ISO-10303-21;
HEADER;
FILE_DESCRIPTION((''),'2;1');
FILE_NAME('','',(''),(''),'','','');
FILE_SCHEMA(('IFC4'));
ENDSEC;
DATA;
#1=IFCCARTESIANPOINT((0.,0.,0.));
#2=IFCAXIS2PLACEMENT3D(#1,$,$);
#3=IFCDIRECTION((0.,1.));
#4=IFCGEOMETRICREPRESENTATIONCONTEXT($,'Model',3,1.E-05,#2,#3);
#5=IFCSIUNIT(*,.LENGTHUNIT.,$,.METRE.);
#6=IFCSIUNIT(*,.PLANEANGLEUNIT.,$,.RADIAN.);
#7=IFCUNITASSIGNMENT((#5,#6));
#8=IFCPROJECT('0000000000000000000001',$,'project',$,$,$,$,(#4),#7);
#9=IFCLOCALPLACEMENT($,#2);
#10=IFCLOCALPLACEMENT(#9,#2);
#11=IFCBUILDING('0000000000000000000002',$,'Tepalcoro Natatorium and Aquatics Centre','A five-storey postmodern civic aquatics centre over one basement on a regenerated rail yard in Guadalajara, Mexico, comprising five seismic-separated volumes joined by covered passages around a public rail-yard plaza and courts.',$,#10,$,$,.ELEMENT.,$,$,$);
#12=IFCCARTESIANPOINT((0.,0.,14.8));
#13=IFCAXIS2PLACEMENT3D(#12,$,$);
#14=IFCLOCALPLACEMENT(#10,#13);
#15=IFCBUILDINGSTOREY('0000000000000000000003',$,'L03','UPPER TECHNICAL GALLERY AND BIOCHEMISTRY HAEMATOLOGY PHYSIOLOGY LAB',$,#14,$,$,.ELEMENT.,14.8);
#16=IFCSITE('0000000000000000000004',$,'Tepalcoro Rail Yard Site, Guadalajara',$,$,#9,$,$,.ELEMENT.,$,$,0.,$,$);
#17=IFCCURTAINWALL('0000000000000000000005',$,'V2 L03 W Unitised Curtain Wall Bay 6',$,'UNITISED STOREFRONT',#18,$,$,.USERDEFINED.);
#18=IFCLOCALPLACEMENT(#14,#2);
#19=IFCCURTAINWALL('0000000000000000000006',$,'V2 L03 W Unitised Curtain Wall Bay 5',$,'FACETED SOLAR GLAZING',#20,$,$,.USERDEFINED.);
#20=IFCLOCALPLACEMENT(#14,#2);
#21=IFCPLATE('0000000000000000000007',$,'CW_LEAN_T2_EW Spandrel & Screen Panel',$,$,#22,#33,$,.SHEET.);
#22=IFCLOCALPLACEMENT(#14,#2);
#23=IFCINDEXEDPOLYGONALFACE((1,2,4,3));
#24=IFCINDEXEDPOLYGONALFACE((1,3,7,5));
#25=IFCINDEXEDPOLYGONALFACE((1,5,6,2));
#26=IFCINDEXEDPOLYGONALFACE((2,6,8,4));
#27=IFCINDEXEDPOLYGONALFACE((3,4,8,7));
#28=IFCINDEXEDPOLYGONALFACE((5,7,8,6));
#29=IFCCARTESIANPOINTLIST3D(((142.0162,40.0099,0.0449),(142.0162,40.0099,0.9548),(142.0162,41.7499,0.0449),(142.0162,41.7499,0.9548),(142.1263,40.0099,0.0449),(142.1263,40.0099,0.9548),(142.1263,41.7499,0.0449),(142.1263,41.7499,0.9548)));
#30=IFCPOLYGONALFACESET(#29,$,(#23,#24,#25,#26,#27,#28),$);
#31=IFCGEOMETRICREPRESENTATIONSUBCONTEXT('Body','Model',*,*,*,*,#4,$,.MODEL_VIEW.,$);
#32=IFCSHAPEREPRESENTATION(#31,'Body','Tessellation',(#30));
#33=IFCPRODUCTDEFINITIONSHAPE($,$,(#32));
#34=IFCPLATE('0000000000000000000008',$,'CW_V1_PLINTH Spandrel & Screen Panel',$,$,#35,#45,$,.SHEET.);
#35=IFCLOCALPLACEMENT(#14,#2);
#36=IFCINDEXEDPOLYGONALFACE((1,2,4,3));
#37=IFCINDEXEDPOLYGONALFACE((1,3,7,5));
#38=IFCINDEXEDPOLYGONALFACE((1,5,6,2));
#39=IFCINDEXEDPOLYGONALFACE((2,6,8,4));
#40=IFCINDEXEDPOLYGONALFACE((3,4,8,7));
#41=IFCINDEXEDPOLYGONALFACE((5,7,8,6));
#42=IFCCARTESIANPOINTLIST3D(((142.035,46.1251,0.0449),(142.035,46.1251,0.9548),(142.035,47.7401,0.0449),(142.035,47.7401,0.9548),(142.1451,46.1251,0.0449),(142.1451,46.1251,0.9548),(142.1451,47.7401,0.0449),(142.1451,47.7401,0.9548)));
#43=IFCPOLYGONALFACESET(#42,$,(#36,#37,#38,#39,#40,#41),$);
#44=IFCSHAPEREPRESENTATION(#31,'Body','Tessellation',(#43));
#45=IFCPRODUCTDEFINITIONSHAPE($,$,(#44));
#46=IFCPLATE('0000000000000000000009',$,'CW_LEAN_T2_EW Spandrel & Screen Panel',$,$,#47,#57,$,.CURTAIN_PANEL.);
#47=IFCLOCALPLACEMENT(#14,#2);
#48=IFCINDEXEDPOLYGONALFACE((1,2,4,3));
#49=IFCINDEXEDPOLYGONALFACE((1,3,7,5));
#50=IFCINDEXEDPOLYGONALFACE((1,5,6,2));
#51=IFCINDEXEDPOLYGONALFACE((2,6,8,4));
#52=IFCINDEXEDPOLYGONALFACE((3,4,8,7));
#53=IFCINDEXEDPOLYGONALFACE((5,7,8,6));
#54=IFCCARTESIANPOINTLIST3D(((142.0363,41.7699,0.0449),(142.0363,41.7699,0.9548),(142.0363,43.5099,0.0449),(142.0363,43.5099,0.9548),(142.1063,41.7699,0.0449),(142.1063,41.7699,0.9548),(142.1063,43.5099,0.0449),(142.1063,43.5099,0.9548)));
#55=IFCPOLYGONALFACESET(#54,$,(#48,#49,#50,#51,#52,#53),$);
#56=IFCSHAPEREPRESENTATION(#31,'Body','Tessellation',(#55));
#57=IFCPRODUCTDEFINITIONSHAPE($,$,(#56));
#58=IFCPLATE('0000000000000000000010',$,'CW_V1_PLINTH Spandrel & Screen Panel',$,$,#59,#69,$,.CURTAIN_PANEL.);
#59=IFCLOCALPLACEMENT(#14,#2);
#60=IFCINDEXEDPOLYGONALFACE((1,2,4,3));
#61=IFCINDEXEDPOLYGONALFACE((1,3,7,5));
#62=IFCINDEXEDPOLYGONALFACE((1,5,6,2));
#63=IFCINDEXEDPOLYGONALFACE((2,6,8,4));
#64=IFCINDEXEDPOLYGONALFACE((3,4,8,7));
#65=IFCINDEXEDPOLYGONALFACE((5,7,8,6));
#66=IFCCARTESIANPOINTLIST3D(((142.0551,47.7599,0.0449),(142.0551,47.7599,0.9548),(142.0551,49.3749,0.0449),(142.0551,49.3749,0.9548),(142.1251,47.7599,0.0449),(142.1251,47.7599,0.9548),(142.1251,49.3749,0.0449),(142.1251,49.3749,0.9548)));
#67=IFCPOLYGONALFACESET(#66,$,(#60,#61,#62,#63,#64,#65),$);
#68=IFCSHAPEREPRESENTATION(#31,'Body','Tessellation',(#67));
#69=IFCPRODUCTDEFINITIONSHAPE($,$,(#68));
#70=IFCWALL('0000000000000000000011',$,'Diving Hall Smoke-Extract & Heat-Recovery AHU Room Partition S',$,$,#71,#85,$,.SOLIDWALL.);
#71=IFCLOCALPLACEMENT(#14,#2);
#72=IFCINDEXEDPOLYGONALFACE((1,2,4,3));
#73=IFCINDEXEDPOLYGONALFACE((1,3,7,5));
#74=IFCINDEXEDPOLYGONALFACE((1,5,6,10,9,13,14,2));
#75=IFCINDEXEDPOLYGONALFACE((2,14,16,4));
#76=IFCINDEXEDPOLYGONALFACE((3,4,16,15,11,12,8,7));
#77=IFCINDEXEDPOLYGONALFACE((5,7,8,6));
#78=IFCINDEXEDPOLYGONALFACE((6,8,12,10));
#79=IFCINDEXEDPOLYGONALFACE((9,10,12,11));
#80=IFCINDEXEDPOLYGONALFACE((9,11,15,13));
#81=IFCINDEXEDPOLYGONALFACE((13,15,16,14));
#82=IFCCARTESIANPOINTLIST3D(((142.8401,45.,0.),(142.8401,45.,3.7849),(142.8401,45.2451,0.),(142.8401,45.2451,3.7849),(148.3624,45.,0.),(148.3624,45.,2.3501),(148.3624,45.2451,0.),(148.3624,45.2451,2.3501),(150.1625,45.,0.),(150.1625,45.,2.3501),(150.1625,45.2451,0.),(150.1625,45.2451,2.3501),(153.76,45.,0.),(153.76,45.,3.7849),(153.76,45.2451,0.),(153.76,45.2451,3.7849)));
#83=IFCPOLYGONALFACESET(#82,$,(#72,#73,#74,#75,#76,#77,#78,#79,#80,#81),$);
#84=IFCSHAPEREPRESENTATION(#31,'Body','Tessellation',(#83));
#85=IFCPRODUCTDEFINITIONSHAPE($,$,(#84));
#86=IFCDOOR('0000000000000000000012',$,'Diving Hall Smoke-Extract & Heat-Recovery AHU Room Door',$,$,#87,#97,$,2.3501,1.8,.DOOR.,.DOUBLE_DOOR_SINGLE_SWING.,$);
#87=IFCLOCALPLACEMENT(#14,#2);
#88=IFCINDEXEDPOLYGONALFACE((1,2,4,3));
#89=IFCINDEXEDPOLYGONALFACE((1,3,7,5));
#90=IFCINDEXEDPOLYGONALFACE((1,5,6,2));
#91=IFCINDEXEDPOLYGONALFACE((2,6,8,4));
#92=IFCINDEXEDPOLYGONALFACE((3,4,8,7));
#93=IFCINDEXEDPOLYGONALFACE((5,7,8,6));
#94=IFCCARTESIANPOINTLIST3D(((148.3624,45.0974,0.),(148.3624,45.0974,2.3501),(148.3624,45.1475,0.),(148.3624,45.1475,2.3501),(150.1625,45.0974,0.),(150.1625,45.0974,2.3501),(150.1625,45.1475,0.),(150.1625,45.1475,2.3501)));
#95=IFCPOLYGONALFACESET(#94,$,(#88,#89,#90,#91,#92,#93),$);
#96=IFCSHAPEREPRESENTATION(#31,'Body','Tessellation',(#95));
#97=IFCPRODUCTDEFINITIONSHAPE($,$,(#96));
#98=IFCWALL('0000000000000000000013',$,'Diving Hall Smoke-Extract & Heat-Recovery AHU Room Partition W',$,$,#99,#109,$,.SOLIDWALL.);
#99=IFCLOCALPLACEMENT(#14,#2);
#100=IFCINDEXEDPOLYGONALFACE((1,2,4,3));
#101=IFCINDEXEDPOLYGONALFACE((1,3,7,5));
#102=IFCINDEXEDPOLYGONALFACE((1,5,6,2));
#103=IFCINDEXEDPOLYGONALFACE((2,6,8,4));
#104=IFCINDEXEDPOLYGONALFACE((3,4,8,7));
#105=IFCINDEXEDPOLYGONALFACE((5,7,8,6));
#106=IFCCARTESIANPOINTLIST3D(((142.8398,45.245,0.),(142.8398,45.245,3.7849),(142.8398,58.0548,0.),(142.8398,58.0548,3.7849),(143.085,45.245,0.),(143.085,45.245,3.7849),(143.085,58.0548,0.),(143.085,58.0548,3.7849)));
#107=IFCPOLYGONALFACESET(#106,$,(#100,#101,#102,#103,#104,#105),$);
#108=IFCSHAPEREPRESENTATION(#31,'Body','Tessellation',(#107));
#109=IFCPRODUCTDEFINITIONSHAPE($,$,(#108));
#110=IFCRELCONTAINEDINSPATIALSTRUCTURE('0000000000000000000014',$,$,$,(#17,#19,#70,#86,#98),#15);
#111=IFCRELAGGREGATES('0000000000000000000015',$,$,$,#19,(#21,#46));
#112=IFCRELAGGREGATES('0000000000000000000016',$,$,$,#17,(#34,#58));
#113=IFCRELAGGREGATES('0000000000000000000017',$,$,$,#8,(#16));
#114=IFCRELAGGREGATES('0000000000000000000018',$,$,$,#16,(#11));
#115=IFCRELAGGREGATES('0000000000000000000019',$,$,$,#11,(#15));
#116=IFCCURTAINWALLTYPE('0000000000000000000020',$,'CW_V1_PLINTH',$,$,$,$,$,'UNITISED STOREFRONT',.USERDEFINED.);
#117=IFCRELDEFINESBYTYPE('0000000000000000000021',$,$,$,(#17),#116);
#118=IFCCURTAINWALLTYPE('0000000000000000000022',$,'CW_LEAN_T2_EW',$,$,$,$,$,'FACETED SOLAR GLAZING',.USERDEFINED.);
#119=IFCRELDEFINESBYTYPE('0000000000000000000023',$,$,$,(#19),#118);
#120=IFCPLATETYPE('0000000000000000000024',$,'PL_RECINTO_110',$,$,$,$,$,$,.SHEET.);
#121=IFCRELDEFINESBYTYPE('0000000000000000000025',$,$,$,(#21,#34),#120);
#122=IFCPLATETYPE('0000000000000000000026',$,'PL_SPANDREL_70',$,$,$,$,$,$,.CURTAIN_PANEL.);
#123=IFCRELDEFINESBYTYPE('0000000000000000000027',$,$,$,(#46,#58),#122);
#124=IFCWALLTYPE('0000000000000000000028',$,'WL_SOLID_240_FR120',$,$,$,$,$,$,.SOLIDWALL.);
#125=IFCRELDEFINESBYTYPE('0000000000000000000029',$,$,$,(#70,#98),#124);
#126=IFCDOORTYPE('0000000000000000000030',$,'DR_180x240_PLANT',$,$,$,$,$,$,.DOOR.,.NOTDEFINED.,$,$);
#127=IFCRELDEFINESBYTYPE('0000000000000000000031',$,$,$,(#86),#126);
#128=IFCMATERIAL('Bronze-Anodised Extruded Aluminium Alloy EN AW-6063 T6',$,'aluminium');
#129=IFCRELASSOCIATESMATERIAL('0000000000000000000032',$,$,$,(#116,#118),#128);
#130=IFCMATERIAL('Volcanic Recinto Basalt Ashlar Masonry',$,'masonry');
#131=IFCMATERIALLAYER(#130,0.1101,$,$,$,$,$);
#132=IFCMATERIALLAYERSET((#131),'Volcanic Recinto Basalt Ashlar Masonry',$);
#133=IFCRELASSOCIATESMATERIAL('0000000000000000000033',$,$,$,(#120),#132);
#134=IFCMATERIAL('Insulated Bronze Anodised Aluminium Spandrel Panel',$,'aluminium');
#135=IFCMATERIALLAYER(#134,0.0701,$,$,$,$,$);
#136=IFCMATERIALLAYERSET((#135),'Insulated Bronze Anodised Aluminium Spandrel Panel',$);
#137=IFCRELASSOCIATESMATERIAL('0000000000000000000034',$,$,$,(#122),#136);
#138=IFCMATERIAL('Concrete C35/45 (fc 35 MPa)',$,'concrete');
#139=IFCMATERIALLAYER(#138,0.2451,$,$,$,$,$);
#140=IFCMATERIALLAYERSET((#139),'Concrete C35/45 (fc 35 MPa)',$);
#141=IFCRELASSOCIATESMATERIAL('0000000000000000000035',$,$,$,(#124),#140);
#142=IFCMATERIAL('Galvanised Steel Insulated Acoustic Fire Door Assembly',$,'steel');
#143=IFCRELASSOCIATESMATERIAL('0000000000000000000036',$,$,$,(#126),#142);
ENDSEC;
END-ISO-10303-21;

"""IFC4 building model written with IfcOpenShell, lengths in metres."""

from ifc_helpers import new_model, si_unit, direction, frame, frame_2d, origin, origin_2d, place, context, subcontext, project, spatial, rectangle, extrude, material, layer, layer_set, type_object, element, fill, aggregate, save


model = new_model("IFC4")

# Units and contexts
model_context = context("Model", 3, precision=1e-05, world=origin(), true_north=direction((0.0, 1.0)))
body_context = subcontext(model_context, "Body", "Model", "MODEL_VIEW")
ifc_project = project(units=[si_unit("LENGTHUNIT", "METRE"), si_unit("PLANEANGLEUNIT", "RADIAN")], contexts=[model_context])

# Site, building, storey
site_placement = place(None, origin())
site = spatial("IfcSite", under=ifc_project, at=site_placement, Name="Tepalcoro Rail Yard Site, Guadalajara", CompositionType="ELEMENT", RefElevation=0.0)
building_placement = place(site_placement, origin())
building = spatial("IfcBuilding", under=site, at=building_placement, Name="Tepalcoro Natatorium and Aquatics Centre", Description="A five-storey postmodern civic aquatics centre over one basement on a regenerated rail yard in Guadalajara, Mexico, comprising five seismic-separated volumes joined by covered passages around a public rail-yard plaza and courts.", CompositionType="ELEMENT")
storey_placement = place(building_placement, frame((0.0, 0.0, 14.8)))
storey = spatial("IfcBuildingStorey", under=building, at=storey_placement, Name="L03", Description="UPPER TECHNICAL GALLERY AND BIOCHEMISTRY HAEMATOLOGY PHYSIOLOGY LAB", CompositionType="ELEMENT", Elevation=14.8)

# Curtain walls
ifc_material_1 = material(Name="Bronze-Anodised Extruded Aluminium Alloy EN AW-6063 T6", Category="aluminium")
curtain_wall_type_1 = type_object("IfcCurtainWallType", Name="CW_V1_PLINTH", ElementType="UNITISED STOREFRONT", PredefinedType="USERDEFINED", material=ifc_material_1)
curtain_wall_1_placement = place(storey_placement, origin())
curtain_wall_1 = element("IfcCurtainWall", 1, at=curtain_wall_1_placement, inside=storey, type_object=curtain_wall_type_1, Name="V2 L03 W Unitised Curtain Wall Bay 6", ObjectType="UNITISED STOREFRONT", PredefinedType="USERDEFINED")
curtain_wall_type_2 = type_object("IfcCurtainWallType", Name="CW_LEAN_T2_EW", ElementType="FACETED SOLAR GLAZING", PredefinedType="USERDEFINED", material=ifc_material_1)
curtain_wall_2_placement = place(storey_placement, origin())
curtain_wall_2 = element("IfcCurtainWall", 2, at=curtain_wall_2_placement, inside=storey, type_object=curtain_wall_type_2, Name="V2 L03 W Unitised Curtain Wall Bay 5", ObjectType="FACETED SOLAR GLAZING", PredefinedType="USERDEFINED")

# Plates
ifc_material_2 = material(Name="Volcanic Recinto Basalt Ashlar Masonry", Category="masonry")
ifc_layer_1 = layer(ifc_material_2, 0.1101)
ifc_layer_set_1 = layer_set([ifc_layer_1], Name="Volcanic Recinto Basalt Ashlar Masonry")
plate_type_1 = type_object("IfcPlateType", Name="PL_RECINTO_110", PredefinedType="SHEET", material=ifc_layer_set_1)
plate_1_placement = place(storey_placement, frame((142.0713, 40.8799, 0.0449), z_axis=(0.0, 0.0, 1.0), x_axis=(1.0, 0.0, 0.0)))
plate_1 = element("IfcPlate", 3, at=plate_1_placement, type_object=plate_type_1, Name="CW_LEAN_T2_EW Spandrel & Screen Panel", PredefinedType="SHEET", context=body_context, shape_type="SweptSolid", body=[
    extrude(rectangle(XDim=0.1101, YDim=1.74, at=origin_2d()), origin(), (0.0, 0.0, 1.0), 0.9099),
])
plate_2_placement = place(storey_placement, frame((142.0901, 46.9326, 0.0449), z_axis=(0.0, 0.0, 1.0), x_axis=(1.0, 0.0, 0.0)))
plate_2 = element("IfcPlate", 4, at=plate_2_placement, type_object=plate_type_1, Name="CW_V1_PLINTH Spandrel & Screen Panel", PredefinedType="SHEET", context=body_context, shape_type="SweptSolid", body=[
    extrude(rectangle(XDim=0.1101, YDim=1.615, at=origin_2d()), origin(), (0.0, 0.0, 1.0), 0.9099),
])
ifc_material_3 = material(Name="Insulated Bronze Anodised Aluminium Spandrel Panel", Category="aluminium")
ifc_layer_2 = layer(ifc_material_3, 0.0701)
ifc_layer_set_2 = layer_set([ifc_layer_2], Name="Insulated Bronze Anodised Aluminium Spandrel Panel")
plate_type_2 = type_object("IfcPlateType", Name="PL_SPANDREL_70", PredefinedType="CURTAIN_PANEL", material=ifc_layer_set_2)
plate_3_placement = place(storey_placement, frame((142.0713, 42.6399, 0.0449), z_axis=(0.0, 0.0, 1.0), x_axis=(1.0, 0.0, 0.0)))
plate_3 = element("IfcPlate", 5, at=plate_3_placement, type_object=plate_type_2, Name="CW_LEAN_T2_EW Spandrel & Screen Panel", PredefinedType="CURTAIN_PANEL", context=body_context, shape_type="SweptSolid", body=[
    extrude(rectangle(XDim=0.0701, YDim=1.74, at=origin_2d()), origin(), (0.0, 0.0, 1.0), 0.9099),
])
aggregate(curtain_wall_2, [plate_1, plate_3])
plate_4_placement = place(storey_placement, frame((142.0901, 48.5674, 0.0449), z_axis=(0.0, 0.0, 1.0), x_axis=(1.0, 0.0, 0.0)))
plate_4 = element("IfcPlate", 6, at=plate_4_placement, type_object=plate_type_2, Name="CW_V1_PLINTH Spandrel & Screen Panel", PredefinedType="CURTAIN_PANEL", context=body_context, shape_type="SweptSolid", body=[
    extrude(rectangle(XDim=0.0701, YDim=1.615, at=origin_2d()), origin(), (0.0, 0.0, 1.0), 0.9099),
])
aggregate(curtain_wall_1, [plate_2, plate_4])

# Wall, opening, door
ifc_material_4 = material(Name="Concrete C35/45 (fc 35 MPa)", Category="concrete")
ifc_layer_3 = layer(ifc_material_4, 0.2451)
ifc_layer_set_3 = layer_set([ifc_layer_3], Name="Concrete C35/45 (fc 35 MPa)")
wall_type = type_object("IfcWallType", Name="WL_SOLID_240_FR120", PredefinedType="SOLIDWALL", material=ifc_layer_set_3)
wall_1_placement = place(storey_placement, frame((142.8401, 45.1226, 0.0), z_axis=(0.0, 0.0, 1.0), x_axis=(1.0, 0.0, 0.0)))
wall_1 = element("IfcWall", 7, at=wall_1_placement, inside=storey, type_object=wall_type, Name="Diving Hall Smoke-Extract & Heat-Recovery AHU Room Partition S", PredefinedType="SOLIDWALL", context=body_context, shape_type="SweptSolid", body=[
    extrude(rectangle(XDim=10.9199, YDim=0.2451, at=frame_2d((5.46, 0.0))), origin(), (0.0, 0.0, 1.0), 3.7849),
])
opening_placement = place(wall_1_placement, frame((5.5225, 0.0, 0.0)))
opening = element("IfcOpeningElement", 8, at=opening_placement, cuts=wall_1, PredefinedType="OPENING", context=body_context, shape_type="SweptSolid", body=[
    extrude(rectangle(XDim=1.8, YDim=2.3501, at=frame_2d((0.8999, 1.175))), frame((0.0, 0.1345, 0.0), z_axis=(0.0, -1.0, 0.0), x_axis=(1.0, 0.0, 0.0)), (0.0, 0.0, 1.0), 0.269),
])
ifc_material_5 = material(Name="Galvanised Steel Insulated Acoustic Fire Door Assembly", Category="steel")
door_type = type_object("IfcDoorType", Name="DR_180x240_PLANT", OperationType="NOTDEFINED", PredefinedType="DOOR", material=ifc_material_5)
door_placement = place(opening_placement, origin())
door = element("IfcDoor", 9, at=door_placement, inside=storey, type_object=door_type, Name="Diving Hall Smoke-Extract & Heat-Recovery AHU Room Door", OperationType="DOUBLE_DOOR_SINGLE_SWING", OverallHeight=2.3501, OverallWidth=1.8, PredefinedType="DOOR", context=body_context, shape_type="SweptSolid", body=[
    extrude(rectangle(XDim=1.8, YDim=2.3501, at=frame_2d((0.8999, 1.175))), frame((0.0, 0.0249, 0.0), z_axis=(0.0, -1.0, 0.0), x_axis=(1.0, 0.0, 0.0)), (0.0, 0.0, 1.0), 0.05),
])
fill(opening, door)

# Wall
wall_2_placement = place(storey_placement, frame((142.9624, 45.2451, 0.0), z_axis=(0.0, 0.0, 1.0), x_axis=(0.0, 1.0, 0.0)))
element("IfcWall", 10, at=wall_2_placement, inside=storey, type_object=wall_type, Name="Diving Hall Smoke-Extract & Heat-Recovery AHU Room Partition W", PredefinedType="SOLIDWALL", context=body_context, shape_type="SweptSolid", body=[
    extrude(rectangle(XDim=12.8098, YDim=0.2451, at=frame_2d((6.4048, 0.0))), origin(), (0.0, 0.0, 1.0), 3.7849),
])

save(model, "model.ifc")
